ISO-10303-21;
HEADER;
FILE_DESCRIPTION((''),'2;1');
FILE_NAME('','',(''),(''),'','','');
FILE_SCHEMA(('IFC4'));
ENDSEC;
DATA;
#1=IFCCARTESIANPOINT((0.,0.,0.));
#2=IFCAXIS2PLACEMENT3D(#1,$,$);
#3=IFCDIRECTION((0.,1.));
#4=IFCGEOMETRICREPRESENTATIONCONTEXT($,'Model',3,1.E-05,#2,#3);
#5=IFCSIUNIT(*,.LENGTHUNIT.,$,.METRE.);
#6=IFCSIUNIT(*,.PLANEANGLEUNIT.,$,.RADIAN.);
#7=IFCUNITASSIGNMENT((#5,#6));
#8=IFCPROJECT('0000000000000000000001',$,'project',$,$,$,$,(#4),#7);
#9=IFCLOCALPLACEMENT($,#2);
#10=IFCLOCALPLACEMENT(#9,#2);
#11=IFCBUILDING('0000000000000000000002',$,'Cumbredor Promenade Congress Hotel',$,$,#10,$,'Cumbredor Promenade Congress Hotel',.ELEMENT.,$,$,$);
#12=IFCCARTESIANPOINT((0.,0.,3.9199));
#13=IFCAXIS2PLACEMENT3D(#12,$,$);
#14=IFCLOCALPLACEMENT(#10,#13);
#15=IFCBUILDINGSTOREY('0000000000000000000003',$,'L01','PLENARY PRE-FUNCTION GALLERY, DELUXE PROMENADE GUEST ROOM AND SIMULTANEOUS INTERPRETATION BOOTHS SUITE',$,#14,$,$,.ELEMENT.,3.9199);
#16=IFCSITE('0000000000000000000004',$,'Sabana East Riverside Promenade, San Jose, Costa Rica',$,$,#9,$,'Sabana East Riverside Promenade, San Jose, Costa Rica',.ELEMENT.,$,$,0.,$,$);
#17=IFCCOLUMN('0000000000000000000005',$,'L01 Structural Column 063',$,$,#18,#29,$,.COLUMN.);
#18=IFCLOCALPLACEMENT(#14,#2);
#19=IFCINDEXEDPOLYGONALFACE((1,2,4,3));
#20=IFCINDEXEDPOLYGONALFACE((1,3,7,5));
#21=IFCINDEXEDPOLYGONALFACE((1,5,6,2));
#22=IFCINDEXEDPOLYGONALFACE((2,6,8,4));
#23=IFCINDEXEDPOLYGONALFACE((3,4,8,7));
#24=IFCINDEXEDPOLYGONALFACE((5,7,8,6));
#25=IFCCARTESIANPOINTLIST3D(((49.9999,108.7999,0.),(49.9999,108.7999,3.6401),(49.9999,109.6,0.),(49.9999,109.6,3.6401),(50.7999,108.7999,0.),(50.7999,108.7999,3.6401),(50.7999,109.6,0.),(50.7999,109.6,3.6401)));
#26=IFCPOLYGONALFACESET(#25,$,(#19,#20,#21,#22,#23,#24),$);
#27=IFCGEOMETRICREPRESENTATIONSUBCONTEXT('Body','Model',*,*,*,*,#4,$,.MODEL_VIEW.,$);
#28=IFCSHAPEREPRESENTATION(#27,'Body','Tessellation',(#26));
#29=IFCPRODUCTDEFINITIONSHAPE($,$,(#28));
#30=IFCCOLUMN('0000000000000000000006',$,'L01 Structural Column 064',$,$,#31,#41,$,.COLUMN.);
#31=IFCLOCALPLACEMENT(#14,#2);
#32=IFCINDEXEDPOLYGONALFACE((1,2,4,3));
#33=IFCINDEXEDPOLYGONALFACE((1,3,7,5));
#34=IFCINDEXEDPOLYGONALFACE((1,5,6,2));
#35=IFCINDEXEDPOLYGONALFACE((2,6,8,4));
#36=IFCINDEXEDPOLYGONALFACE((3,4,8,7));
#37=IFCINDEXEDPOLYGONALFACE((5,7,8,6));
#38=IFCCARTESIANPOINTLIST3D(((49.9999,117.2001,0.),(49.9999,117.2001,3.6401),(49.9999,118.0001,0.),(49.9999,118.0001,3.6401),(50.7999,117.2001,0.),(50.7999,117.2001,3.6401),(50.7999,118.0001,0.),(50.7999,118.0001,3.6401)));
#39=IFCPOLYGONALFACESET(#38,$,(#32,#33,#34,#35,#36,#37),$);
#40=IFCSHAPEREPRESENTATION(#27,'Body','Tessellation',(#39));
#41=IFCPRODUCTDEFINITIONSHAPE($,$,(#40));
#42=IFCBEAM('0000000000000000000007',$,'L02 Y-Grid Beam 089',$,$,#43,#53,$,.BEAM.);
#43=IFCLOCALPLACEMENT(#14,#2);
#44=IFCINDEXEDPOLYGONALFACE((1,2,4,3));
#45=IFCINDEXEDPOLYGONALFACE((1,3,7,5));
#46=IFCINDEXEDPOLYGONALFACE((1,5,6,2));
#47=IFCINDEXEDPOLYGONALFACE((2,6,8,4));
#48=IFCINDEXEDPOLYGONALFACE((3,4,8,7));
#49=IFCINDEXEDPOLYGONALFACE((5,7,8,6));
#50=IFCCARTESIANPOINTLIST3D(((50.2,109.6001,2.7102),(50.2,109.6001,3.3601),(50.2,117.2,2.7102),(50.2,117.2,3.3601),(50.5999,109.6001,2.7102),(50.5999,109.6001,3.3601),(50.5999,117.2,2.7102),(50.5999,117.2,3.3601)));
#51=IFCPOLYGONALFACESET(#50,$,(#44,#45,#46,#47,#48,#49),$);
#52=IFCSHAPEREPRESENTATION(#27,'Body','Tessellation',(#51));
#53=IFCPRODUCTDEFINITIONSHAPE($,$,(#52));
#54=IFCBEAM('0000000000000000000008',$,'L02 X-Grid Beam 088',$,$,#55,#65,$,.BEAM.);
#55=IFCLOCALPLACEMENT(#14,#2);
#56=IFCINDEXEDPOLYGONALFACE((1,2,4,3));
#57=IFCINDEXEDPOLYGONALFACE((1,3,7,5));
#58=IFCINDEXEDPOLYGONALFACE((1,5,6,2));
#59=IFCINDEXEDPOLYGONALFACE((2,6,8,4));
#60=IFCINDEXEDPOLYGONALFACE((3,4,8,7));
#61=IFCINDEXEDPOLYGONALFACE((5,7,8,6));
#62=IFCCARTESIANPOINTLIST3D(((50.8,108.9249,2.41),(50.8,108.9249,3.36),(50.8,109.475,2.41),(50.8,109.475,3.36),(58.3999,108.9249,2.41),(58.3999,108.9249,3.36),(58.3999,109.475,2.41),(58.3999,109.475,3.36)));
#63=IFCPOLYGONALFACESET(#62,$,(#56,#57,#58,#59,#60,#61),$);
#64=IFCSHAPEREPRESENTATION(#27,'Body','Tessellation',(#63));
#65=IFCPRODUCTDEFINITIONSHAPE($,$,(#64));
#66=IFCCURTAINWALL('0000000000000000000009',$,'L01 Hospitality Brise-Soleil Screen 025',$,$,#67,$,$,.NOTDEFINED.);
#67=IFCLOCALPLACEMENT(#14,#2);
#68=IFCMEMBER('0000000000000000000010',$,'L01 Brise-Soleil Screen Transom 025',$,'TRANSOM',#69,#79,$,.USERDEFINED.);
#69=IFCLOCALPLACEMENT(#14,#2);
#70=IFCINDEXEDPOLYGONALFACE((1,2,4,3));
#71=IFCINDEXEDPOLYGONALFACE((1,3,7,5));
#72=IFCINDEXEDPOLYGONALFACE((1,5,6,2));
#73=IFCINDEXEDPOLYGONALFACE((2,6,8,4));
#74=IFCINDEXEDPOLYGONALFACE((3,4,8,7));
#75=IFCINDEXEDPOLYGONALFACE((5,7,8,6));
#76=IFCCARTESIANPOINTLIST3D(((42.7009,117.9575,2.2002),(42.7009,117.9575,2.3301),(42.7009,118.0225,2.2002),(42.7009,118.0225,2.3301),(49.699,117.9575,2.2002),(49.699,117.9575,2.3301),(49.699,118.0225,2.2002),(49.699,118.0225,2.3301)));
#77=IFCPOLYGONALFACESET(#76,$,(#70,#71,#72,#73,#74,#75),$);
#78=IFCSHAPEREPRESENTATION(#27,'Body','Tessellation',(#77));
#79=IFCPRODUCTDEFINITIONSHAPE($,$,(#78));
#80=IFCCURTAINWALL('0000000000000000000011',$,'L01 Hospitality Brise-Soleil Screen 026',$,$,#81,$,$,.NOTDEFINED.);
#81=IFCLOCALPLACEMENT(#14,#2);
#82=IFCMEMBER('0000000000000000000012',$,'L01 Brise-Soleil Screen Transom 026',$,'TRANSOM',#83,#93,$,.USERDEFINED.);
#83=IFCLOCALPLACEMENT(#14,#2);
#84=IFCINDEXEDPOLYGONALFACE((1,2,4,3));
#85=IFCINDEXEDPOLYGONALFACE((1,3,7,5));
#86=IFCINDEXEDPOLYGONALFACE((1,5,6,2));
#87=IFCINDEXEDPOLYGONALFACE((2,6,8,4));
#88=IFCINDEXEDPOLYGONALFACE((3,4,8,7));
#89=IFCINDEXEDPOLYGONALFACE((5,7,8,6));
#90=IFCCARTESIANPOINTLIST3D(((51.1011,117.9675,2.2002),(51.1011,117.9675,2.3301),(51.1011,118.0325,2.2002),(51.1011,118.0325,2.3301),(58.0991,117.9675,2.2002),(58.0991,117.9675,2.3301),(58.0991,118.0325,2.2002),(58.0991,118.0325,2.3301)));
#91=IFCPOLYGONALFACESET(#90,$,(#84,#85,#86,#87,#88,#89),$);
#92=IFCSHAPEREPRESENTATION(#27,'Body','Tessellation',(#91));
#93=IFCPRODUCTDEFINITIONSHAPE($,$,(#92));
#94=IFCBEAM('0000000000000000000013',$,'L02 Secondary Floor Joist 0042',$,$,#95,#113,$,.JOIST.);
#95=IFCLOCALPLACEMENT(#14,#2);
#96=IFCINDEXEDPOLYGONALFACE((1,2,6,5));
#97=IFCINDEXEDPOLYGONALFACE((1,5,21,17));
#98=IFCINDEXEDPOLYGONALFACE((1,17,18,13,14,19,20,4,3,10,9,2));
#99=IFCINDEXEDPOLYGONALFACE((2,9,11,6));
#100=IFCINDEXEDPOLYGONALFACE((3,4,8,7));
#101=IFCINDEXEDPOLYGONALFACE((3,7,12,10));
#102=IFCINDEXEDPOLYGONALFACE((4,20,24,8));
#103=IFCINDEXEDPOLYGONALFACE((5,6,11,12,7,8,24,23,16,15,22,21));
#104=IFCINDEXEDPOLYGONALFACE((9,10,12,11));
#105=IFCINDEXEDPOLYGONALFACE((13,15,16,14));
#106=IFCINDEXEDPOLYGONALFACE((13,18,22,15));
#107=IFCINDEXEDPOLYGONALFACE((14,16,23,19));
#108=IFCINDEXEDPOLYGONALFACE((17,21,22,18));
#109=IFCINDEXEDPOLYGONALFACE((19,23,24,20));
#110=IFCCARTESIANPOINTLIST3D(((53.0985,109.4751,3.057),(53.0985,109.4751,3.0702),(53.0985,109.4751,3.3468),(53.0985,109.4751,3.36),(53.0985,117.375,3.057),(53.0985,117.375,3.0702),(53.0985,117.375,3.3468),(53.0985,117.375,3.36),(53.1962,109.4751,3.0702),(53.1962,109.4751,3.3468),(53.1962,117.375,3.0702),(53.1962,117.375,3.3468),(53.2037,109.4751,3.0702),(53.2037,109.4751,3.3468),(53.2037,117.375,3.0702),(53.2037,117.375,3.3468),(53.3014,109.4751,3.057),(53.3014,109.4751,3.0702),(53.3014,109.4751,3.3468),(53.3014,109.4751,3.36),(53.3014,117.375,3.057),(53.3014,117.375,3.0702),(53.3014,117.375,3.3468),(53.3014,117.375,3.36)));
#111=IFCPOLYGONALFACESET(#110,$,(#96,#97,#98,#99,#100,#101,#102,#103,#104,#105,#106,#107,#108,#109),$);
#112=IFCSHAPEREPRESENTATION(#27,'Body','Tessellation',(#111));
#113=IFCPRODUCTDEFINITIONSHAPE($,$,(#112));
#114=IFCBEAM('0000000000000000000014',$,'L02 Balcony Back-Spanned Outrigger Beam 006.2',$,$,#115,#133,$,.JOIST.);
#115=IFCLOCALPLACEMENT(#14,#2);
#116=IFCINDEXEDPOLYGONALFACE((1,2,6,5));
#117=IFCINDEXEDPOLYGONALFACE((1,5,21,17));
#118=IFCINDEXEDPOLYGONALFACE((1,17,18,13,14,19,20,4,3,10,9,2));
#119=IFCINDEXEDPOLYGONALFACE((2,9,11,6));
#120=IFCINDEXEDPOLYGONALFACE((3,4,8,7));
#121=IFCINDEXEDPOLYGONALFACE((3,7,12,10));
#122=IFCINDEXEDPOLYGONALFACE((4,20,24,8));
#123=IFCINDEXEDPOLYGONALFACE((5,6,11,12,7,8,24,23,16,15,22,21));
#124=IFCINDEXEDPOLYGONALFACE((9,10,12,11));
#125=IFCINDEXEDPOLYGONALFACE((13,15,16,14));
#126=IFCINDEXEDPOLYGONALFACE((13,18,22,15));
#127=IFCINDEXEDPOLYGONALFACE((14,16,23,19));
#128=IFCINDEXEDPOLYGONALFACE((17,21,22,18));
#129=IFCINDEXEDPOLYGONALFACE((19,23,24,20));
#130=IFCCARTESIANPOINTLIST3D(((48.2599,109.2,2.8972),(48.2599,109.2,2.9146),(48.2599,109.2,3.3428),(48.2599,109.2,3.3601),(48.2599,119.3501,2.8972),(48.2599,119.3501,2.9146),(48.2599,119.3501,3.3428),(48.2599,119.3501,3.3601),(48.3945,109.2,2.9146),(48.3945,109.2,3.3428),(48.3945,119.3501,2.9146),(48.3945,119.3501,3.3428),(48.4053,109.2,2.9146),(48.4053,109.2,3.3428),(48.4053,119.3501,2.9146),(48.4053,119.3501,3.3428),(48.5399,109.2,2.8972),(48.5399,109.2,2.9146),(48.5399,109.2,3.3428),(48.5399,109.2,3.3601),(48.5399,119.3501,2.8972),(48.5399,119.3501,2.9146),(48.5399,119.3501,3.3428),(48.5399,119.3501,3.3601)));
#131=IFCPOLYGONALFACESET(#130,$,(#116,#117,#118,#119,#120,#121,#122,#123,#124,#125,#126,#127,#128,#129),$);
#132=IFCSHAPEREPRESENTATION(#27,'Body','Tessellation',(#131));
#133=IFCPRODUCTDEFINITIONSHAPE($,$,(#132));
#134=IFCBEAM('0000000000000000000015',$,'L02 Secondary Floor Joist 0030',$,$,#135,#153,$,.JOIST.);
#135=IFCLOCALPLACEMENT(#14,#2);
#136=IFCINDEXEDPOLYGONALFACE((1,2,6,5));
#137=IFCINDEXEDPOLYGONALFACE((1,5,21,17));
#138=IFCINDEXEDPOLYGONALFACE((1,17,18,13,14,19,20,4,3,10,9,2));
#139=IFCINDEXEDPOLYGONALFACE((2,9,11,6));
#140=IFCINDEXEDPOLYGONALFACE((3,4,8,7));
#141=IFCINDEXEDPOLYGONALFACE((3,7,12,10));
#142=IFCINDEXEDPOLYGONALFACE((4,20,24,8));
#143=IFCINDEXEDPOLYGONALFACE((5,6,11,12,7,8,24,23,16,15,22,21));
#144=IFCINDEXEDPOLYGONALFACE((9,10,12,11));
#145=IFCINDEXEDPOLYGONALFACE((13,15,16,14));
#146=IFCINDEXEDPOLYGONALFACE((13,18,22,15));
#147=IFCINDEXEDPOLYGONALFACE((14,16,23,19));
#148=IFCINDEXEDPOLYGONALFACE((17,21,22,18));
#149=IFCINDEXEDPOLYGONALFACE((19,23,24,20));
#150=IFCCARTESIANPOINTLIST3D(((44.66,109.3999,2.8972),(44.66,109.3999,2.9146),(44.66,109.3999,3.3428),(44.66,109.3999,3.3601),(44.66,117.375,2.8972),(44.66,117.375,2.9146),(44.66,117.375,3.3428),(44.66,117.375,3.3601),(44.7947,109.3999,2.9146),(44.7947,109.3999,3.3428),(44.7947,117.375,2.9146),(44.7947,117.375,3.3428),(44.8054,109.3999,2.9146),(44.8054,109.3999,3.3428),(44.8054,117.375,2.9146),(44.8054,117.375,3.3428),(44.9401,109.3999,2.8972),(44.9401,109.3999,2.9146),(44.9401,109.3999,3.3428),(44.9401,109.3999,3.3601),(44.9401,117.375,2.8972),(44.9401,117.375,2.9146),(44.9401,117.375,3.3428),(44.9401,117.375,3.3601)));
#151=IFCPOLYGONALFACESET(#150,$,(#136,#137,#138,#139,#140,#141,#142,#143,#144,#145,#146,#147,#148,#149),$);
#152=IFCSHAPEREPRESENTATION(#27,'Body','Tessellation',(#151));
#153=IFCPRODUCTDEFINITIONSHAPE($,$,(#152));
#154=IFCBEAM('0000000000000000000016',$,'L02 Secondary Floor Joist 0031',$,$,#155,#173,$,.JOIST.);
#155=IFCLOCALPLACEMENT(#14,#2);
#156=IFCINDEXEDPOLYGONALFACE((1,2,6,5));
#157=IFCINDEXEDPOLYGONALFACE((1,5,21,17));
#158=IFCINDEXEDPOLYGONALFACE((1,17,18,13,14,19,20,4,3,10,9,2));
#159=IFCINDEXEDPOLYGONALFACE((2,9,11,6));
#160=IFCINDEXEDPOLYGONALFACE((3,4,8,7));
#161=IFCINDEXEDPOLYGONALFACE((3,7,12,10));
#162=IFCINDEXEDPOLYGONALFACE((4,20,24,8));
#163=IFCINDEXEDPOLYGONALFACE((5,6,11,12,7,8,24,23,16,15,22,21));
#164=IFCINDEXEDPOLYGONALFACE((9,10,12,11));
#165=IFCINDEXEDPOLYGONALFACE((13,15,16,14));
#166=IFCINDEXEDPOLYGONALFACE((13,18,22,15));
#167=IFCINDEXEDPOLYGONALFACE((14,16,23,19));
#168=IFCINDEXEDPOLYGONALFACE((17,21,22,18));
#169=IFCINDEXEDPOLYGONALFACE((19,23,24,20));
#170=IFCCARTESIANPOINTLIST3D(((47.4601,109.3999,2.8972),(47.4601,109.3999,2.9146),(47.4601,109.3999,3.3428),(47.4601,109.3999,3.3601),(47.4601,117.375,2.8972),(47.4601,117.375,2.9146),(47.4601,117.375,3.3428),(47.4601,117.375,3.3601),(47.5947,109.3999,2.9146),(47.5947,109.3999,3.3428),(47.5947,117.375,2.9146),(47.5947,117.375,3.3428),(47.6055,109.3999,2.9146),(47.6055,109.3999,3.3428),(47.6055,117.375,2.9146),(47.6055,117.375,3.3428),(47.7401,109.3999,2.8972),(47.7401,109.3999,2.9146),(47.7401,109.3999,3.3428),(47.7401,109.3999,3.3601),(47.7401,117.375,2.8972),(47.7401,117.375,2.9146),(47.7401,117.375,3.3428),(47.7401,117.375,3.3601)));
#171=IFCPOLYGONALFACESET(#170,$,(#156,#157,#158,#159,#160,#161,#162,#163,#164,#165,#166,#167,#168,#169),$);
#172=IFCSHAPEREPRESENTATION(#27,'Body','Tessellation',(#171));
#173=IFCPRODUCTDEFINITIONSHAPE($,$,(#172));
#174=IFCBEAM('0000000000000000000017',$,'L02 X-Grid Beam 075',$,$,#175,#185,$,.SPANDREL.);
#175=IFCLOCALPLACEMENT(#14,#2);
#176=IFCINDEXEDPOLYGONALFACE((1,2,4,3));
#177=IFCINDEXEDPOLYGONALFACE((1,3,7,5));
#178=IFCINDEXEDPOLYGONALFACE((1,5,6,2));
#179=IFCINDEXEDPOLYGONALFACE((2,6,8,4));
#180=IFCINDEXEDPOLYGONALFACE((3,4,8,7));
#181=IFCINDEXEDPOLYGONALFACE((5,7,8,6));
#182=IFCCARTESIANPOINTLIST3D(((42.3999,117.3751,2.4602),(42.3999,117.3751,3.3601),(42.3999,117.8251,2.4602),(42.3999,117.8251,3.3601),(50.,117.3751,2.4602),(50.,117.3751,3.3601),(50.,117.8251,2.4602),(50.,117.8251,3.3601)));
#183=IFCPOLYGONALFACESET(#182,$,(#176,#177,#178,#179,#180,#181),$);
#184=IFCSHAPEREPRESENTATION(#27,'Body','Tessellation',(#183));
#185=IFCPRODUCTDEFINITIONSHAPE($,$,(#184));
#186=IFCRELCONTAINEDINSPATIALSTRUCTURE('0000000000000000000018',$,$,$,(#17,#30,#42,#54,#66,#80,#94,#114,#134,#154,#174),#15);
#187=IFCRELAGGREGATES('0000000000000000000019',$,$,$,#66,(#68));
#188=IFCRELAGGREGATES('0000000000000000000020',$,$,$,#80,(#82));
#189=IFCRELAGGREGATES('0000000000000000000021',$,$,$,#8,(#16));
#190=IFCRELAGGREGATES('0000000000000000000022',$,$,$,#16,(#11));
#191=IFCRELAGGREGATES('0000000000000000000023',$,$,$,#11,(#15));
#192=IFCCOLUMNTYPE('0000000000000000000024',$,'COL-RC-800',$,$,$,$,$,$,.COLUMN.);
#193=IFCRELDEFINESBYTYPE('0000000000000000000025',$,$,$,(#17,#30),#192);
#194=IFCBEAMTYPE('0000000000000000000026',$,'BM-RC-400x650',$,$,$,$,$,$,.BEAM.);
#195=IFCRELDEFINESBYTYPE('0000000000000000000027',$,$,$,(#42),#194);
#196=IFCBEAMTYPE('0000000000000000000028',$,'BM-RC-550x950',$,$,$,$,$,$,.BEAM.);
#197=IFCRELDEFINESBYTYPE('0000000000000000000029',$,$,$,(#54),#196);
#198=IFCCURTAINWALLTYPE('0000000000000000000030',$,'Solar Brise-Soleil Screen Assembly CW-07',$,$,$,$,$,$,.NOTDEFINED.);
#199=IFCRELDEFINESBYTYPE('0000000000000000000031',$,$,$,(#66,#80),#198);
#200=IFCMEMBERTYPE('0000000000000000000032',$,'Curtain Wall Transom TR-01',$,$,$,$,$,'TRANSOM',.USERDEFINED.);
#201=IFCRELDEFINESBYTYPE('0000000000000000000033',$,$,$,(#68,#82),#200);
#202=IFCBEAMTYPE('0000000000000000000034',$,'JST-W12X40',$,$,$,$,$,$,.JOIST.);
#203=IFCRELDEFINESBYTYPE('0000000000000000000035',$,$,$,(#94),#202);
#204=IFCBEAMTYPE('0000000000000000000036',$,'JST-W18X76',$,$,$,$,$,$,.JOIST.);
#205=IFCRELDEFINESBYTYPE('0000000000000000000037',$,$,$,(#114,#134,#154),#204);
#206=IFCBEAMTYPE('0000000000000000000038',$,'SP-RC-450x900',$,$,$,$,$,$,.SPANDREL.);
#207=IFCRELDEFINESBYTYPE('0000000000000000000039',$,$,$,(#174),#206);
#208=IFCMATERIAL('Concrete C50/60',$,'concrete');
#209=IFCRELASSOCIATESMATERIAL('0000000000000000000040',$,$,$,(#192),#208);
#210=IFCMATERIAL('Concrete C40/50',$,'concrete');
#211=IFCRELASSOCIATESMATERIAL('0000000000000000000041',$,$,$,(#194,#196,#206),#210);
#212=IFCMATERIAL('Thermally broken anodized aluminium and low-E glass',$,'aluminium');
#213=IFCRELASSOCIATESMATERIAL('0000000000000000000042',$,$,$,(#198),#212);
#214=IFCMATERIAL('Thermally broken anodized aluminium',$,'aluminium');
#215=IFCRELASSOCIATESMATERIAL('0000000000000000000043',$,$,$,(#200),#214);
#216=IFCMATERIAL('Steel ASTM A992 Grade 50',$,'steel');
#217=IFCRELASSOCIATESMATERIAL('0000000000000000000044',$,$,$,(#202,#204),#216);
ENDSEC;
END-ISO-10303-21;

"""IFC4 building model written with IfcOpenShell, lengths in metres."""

from ifc_helpers import new_model, si_unit, direction, frame, origin, origin_2d, place, context, subcontext, project, spatial, rectangle, i_section, extrude, material, material_profile, profile_set, type_object, element, aggregate, save


model = new_model("IFC4")

# Units and contexts
model_context = context("Model", 3, precision=1e-05, world=origin(), true_north=direction((0.0, 1.0)))
body_context = subcontext(model_context, "Body", "Model", "MODEL_VIEW")
ifc_project = project(units=[si_unit("LENGTHUNIT", "METRE"), si_unit("PLANEANGLEUNIT", "RADIAN")], contexts=[model_context])

# Site, building, storey
site_placement = place(None, origin())
site = spatial("IfcSite", under=ifc_project, at=site_placement, Name="Sabana East Riverside Promenade, San Jose, Costa Rica", LongName="Sabana East Riverside Promenade, San Jose, Costa Rica", CompositionType="ELEMENT", RefElevation=0.0)
building_placement = place(site_placement, origin())
building = spatial("IfcBuilding", under=site, at=building_placement, Name="Cumbredor Promenade Congress Hotel", LongName="Cumbredor Promenade Congress Hotel", CompositionType="ELEMENT")
storey_placement = place(building_placement, frame((0.0, 0.0, 3.9199)))
storey = spatial("IfcBuildingStorey", under=building, at=storey_placement, Name="L01", Description="PLENARY PRE-FUNCTION GALLERY, DELUXE PROMENADE GUEST ROOM AND SIMULTANEOUS INTERPRETATION BOOTHS SUITE", CompositionType="ELEMENT", Elevation=3.9199)

# Columns
ifc_material_1 = material(Name="Concrete C50/60", Category="concrete")
ifc_material_profile_1 = material_profile(ifc_material_1, rectangle(XDim=0.8, YDim=0.8, at=origin_2d()), Name="RC 800x800")
ifc_profile_set_1 = profile_set([ifc_material_profile_1], Name="Concrete C50/60")
column_type = type_object("IfcColumnType", Name="COL-RC-800", PredefinedType="COLUMN", material=ifc_profile_set_1)
for number, where, z_axis, x_axis, name in (
    (1, (50.3999, 109.2, 0.0), (0.0, 0.0, 1.0), (1.0, 0.0, 0.0), "L01 Structural Column 063"),
    (2, (50.3999, 117.6001, 0.0), (0.0, 0.0, 1.0), (1.0, 0.0, 0.0), "L01 Structural Column 064"),
):
    element("IfcColumn", number, at=place(storey_placement, frame(where, z_axis=z_axis, x_axis=x_axis)), inside=storey, type_object=column_type, Name=name, PredefinedType="COLUMN", context=body_context, shape_type="SweptSolid", body=[
        extrude(rectangle(XDim=0.8, YDim=0.8, at=origin_2d()), origin(), (0.0, 0.0, 1.0), 3.6401),
    ])

# Beams
ifc_material_2 = material(Name="Concrete C40/50", Category="concrete")
ifc_material_profile_2 = material_profile(ifc_material_2, rectangle(XDim=0.3999, YDim=0.6499, at=origin_2d()), Name="RC BEAM 400x650")
ifc_profile_set_2 = profile_set([ifc_material_profile_2], Name="Concrete C40/50")
beam_type_1 = type_object("IfcBeamType", Name="BM-RC-400x650", PredefinedType="BEAM", material=ifc_profile_set_2)
beam_1_placement = place(storey_placement, frame((50.3999, 109.6001, 3.0352), z_axis=(0.0, 1.0, 0.0), x_axis=(-1.0, 0.0, 0.0)))
element("IfcBeam", 3, at=beam_1_placement, inside=storey, type_object=beam_type_1, Name="L02 Y-Grid Beam 089", PredefinedType="BEAM", context=body_context, shape_type="SweptSolid", body=[
    extrude(rectangle(XDim=0.3999, YDim=0.6499, at=origin_2d()), origin(), (0.0, 0.0, 1.0), 7.5999),
])
ifc_material_profile_3 = material_profile(ifc_material_2, rectangle(XDim=0.55, YDim=0.95, at=origin_2d()), Name="RC BEAM 550x950")
ifc_profile_set_3 = profile_set([ifc_material_profile_3], Name="Concrete C40/50")
beam_type_2 = type_object("IfcBeamType", Name="BM-RC-550x950", PredefinedType="BEAM", material=ifc_profile_set_3)
beam_2_placement = place(storey_placement, frame((50.8, 109.2, 2.885), z_axis=(1.0, 0.0, 0.0), x_axis=(0.0, 1.0, 0.0)))
element("IfcBeam", 4, at=beam_2_placement, inside=storey, type_object=beam_type_2, Name="L02 X-Grid Beam 088", PredefinedType="BEAM", context=body_context, shape_type="SweptSolid", body=[
    extrude(rectangle(XDim=0.55, YDim=0.95, at=origin_2d()), origin(), (0.0, 0.0, 1.0), 7.5999),
])

# Curtain walls, members
ifc_material_3 = material(Name="Thermally broken anodized aluminium and low-E glass", Category="aluminium")
curtain_wall_type = type_object("IfcCurtainWallType", Name="Solar Brise-Soleil Screen Assembly CW-07", PredefinedType="NOTDEFINED", material=ifc_material_3)
curtain_wall_1_placement = place(storey_placement, origin())
curtain_wall_1 = element("IfcCurtainWall", 5, at=curtain_wall_1_placement, inside=storey, type_object=curtain_wall_type, Name="L01 Hospitality Brise-Soleil Screen 025", PredefinedType="NOTDEFINED")
ifc_material_4 = material(Name="Thermally broken anodized aluminium", Category="aluminium")
ifc_material_profile_4 = material_profile(ifc_material_4, rectangle(XDim=0.0649, YDim=0.1299, at=origin_2d()), Name="ALU TRANSOM 65x130")
ifc_profile_set_4 = profile_set([ifc_material_profile_4], Name="Thermally broken anodized aluminium")
member_type_1 = type_object("IfcMemberType", Name="Curtain Wall Transom TR-01", ElementType="TRANSOM", PredefinedType="USERDEFINED", material=ifc_profile_set_4)
member_1_placement = place(storey_placement, frame((42.7009, 117.99, 2.2651), z_axis=(1.0, 0.0, 0.0), x_axis=(0.0, 1.0, 0.0)))
member_1 = element("IfcMember", 6, at=member_1_placement, type_object=member_type_1, Name="L01 Brise-Soleil Screen Transom 025", ObjectType="TRANSOM", PredefinedType="USERDEFINED", context=body_context, shape_type="SweptSolid", body=[
    extrude(rectangle(XDim=0.0649, YDim=0.1299, at=origin_2d()), origin(), (0.0, 0.0, 1.0), 6.998),
])
curtain_wall_2_placement = place(storey_placement, origin())
curtain_wall_2 = element("IfcCurtainWall", 7, at=curtain_wall_2_placement, inside=storey, type_object=curtain_wall_type, Name="L01 Hospitality Brise-Soleil Screen 026", PredefinedType="NOTDEFINED")
member_2_placement = place(storey_placement, frame((51.1011, 118.0, 2.2651), z_axis=(1.0, 0.0, 0.0), x_axis=(0.0, 1.0, 0.0)))
member_2 = element("IfcMember", 8, at=member_2_placement, type_object=member_type_1, Name="L01 Brise-Soleil Screen Transom 026", ObjectType="TRANSOM", PredefinedType="USERDEFINED", context=body_context, shape_type="SweptSolid", body=[
    extrude(rectangle(XDim=0.0649, YDim=0.1299, at=origin_2d()), origin(), (0.0, 0.0, 1.0), 6.998),
])

# Beams
ifc_material_5 = material(Name="Steel ASTM A992 Grade 50", Category="steel")
ifc_material_profile_5 = material_profile(ifc_material_5, i_section(OverallWidth=0.2029, OverallDepth=0.303, WebThickness=0.0076, FlangeThickness=0.0132, at=origin_2d()), Name="W12X40")
ifc_profile_set_5 = profile_set([ifc_material_profile_5], Name="Steel ASTM A992 Grade 50")
beam_type_3 = type_object("IfcBeamType", Name="JST-W12X40", PredefinedType="JOIST", material=ifc_profile_set_5)
beam_3_placement = place(storey_placement, frame((53.2, 109.4751, 3.2085), z_axis=(0.0, 1.0, 0.0), x_axis=(-1.0, 0.0, 0.0)))
element("IfcBeam", 9, at=beam_3_placement, inside=storey, type_object=beam_type_3, Name="L02 Secondary Floor Joist 0042", PredefinedType="JOIST", context=body_context, shape_type="SweptSolid", body=[
    extrude(i_section(OverallWidth=0.2029, OverallDepth=0.303, WebThickness=0.0076, FlangeThickness=0.0132, at=origin_2d()), origin(), (0.0, 0.0, 1.0), 7.8999),
])
ifc_material_profile_6 = material_profile(ifc_material_5, i_section(OverallWidth=0.28, OverallDepth=0.4629, WebThickness=0.0107, FlangeThickness=0.0173, at=origin_2d()), Name="W18X76")
ifc_profile_set_6 = profile_set([ifc_material_profile_6], Name="Steel ASTM A992 Grade 50")
beam_type_4 = type_object("IfcBeamType", Name="JST-W18X76", PredefinedType="JOIST", material=ifc_profile_set_6)
beam_4_placement = place(storey_placement, frame((48.3999, 109.2, 3.1287), z_axis=(0.0, 1.0, 0.0), x_axis=(-1.0, 0.0, 0.0)))
element("IfcBeam", 10, at=beam_4_placement, inside=storey, type_object=beam_type_4, Name="L02 Balcony Back-Spanned Outrigger Beam 006.2", PredefinedType="JOIST", context=body_context, shape_type="SweptSolid", body=[
    extrude(i_section(OverallWidth=0.28, OverallDepth=0.4629, WebThickness=0.0107, FlangeThickness=0.0173, at=origin_2d()), origin(), (0.0, 0.0, 1.0), 10.1501),
])
for number, where, z_axis, x_axis, name in (
    (11, (44.8, 109.3999, 3.1287), (0.0, 1.0, 0.0), (-1.0, 0.0, 0.0), "L02 Secondary Floor Joist 0030"),
    (12, (47.6001, 109.3999, 3.1287), (0.0, 1.0, 0.0), (-1.0, 0.0, 0.0), "L02 Secondary Floor Joist 0031"),
):
    element("IfcBeam", number, at=place(storey_placement, frame(where, z_axis=z_axis, x_axis=x_axis)), inside=storey, type_object=beam_type_4, Name=name, PredefinedType="JOIST", context=body_context, shape_type="SweptSolid", body=[
        extrude(i_section(OverallWidth=0.28, OverallDepth=0.4629, WebThickness=0.0107, FlangeThickness=0.0173, at=origin_2d()), origin(), (0.0, 0.0, 1.0), 7.9751),
    ])
ifc_material_profile_7 = material_profile(ifc_material_2, rectangle(XDim=0.45, YDim=0.8999, at=origin_2d()), Name="RC SPANDREL 450x900")
ifc_profile_set_7 = profile_set([ifc_material_profile_7], Name="Concrete C40/50")
beam_type_5 = type_object("IfcBeamType", Name="SP-RC-450x900", PredefinedType="SPANDREL", material=ifc_profile_set_7)
beam_5_placement = place(storey_placement, frame((42.3999, 117.6001, 2.9102), z_axis=(1.0, 0.0, 0.0), x_axis=(0.0, 1.0, 0.0)))
element("IfcBeam", 13, at=beam_5_placement, inside=storey, type_object=beam_type_5, Name="L02 X-Grid Beam 075", PredefinedType="SPANDREL", context=body_context, shape_type="SweptSolid", body=[
    extrude(rectangle(XDim=0.45, YDim=0.8999, at=origin_2d()), origin(), (0.0, 0.0, 1.0), 7.6001),
])

aggregate(curtain_wall_1, [member_1])
aggregate(curtain_wall_2, [member_2])

save(model, "model.ifc")
